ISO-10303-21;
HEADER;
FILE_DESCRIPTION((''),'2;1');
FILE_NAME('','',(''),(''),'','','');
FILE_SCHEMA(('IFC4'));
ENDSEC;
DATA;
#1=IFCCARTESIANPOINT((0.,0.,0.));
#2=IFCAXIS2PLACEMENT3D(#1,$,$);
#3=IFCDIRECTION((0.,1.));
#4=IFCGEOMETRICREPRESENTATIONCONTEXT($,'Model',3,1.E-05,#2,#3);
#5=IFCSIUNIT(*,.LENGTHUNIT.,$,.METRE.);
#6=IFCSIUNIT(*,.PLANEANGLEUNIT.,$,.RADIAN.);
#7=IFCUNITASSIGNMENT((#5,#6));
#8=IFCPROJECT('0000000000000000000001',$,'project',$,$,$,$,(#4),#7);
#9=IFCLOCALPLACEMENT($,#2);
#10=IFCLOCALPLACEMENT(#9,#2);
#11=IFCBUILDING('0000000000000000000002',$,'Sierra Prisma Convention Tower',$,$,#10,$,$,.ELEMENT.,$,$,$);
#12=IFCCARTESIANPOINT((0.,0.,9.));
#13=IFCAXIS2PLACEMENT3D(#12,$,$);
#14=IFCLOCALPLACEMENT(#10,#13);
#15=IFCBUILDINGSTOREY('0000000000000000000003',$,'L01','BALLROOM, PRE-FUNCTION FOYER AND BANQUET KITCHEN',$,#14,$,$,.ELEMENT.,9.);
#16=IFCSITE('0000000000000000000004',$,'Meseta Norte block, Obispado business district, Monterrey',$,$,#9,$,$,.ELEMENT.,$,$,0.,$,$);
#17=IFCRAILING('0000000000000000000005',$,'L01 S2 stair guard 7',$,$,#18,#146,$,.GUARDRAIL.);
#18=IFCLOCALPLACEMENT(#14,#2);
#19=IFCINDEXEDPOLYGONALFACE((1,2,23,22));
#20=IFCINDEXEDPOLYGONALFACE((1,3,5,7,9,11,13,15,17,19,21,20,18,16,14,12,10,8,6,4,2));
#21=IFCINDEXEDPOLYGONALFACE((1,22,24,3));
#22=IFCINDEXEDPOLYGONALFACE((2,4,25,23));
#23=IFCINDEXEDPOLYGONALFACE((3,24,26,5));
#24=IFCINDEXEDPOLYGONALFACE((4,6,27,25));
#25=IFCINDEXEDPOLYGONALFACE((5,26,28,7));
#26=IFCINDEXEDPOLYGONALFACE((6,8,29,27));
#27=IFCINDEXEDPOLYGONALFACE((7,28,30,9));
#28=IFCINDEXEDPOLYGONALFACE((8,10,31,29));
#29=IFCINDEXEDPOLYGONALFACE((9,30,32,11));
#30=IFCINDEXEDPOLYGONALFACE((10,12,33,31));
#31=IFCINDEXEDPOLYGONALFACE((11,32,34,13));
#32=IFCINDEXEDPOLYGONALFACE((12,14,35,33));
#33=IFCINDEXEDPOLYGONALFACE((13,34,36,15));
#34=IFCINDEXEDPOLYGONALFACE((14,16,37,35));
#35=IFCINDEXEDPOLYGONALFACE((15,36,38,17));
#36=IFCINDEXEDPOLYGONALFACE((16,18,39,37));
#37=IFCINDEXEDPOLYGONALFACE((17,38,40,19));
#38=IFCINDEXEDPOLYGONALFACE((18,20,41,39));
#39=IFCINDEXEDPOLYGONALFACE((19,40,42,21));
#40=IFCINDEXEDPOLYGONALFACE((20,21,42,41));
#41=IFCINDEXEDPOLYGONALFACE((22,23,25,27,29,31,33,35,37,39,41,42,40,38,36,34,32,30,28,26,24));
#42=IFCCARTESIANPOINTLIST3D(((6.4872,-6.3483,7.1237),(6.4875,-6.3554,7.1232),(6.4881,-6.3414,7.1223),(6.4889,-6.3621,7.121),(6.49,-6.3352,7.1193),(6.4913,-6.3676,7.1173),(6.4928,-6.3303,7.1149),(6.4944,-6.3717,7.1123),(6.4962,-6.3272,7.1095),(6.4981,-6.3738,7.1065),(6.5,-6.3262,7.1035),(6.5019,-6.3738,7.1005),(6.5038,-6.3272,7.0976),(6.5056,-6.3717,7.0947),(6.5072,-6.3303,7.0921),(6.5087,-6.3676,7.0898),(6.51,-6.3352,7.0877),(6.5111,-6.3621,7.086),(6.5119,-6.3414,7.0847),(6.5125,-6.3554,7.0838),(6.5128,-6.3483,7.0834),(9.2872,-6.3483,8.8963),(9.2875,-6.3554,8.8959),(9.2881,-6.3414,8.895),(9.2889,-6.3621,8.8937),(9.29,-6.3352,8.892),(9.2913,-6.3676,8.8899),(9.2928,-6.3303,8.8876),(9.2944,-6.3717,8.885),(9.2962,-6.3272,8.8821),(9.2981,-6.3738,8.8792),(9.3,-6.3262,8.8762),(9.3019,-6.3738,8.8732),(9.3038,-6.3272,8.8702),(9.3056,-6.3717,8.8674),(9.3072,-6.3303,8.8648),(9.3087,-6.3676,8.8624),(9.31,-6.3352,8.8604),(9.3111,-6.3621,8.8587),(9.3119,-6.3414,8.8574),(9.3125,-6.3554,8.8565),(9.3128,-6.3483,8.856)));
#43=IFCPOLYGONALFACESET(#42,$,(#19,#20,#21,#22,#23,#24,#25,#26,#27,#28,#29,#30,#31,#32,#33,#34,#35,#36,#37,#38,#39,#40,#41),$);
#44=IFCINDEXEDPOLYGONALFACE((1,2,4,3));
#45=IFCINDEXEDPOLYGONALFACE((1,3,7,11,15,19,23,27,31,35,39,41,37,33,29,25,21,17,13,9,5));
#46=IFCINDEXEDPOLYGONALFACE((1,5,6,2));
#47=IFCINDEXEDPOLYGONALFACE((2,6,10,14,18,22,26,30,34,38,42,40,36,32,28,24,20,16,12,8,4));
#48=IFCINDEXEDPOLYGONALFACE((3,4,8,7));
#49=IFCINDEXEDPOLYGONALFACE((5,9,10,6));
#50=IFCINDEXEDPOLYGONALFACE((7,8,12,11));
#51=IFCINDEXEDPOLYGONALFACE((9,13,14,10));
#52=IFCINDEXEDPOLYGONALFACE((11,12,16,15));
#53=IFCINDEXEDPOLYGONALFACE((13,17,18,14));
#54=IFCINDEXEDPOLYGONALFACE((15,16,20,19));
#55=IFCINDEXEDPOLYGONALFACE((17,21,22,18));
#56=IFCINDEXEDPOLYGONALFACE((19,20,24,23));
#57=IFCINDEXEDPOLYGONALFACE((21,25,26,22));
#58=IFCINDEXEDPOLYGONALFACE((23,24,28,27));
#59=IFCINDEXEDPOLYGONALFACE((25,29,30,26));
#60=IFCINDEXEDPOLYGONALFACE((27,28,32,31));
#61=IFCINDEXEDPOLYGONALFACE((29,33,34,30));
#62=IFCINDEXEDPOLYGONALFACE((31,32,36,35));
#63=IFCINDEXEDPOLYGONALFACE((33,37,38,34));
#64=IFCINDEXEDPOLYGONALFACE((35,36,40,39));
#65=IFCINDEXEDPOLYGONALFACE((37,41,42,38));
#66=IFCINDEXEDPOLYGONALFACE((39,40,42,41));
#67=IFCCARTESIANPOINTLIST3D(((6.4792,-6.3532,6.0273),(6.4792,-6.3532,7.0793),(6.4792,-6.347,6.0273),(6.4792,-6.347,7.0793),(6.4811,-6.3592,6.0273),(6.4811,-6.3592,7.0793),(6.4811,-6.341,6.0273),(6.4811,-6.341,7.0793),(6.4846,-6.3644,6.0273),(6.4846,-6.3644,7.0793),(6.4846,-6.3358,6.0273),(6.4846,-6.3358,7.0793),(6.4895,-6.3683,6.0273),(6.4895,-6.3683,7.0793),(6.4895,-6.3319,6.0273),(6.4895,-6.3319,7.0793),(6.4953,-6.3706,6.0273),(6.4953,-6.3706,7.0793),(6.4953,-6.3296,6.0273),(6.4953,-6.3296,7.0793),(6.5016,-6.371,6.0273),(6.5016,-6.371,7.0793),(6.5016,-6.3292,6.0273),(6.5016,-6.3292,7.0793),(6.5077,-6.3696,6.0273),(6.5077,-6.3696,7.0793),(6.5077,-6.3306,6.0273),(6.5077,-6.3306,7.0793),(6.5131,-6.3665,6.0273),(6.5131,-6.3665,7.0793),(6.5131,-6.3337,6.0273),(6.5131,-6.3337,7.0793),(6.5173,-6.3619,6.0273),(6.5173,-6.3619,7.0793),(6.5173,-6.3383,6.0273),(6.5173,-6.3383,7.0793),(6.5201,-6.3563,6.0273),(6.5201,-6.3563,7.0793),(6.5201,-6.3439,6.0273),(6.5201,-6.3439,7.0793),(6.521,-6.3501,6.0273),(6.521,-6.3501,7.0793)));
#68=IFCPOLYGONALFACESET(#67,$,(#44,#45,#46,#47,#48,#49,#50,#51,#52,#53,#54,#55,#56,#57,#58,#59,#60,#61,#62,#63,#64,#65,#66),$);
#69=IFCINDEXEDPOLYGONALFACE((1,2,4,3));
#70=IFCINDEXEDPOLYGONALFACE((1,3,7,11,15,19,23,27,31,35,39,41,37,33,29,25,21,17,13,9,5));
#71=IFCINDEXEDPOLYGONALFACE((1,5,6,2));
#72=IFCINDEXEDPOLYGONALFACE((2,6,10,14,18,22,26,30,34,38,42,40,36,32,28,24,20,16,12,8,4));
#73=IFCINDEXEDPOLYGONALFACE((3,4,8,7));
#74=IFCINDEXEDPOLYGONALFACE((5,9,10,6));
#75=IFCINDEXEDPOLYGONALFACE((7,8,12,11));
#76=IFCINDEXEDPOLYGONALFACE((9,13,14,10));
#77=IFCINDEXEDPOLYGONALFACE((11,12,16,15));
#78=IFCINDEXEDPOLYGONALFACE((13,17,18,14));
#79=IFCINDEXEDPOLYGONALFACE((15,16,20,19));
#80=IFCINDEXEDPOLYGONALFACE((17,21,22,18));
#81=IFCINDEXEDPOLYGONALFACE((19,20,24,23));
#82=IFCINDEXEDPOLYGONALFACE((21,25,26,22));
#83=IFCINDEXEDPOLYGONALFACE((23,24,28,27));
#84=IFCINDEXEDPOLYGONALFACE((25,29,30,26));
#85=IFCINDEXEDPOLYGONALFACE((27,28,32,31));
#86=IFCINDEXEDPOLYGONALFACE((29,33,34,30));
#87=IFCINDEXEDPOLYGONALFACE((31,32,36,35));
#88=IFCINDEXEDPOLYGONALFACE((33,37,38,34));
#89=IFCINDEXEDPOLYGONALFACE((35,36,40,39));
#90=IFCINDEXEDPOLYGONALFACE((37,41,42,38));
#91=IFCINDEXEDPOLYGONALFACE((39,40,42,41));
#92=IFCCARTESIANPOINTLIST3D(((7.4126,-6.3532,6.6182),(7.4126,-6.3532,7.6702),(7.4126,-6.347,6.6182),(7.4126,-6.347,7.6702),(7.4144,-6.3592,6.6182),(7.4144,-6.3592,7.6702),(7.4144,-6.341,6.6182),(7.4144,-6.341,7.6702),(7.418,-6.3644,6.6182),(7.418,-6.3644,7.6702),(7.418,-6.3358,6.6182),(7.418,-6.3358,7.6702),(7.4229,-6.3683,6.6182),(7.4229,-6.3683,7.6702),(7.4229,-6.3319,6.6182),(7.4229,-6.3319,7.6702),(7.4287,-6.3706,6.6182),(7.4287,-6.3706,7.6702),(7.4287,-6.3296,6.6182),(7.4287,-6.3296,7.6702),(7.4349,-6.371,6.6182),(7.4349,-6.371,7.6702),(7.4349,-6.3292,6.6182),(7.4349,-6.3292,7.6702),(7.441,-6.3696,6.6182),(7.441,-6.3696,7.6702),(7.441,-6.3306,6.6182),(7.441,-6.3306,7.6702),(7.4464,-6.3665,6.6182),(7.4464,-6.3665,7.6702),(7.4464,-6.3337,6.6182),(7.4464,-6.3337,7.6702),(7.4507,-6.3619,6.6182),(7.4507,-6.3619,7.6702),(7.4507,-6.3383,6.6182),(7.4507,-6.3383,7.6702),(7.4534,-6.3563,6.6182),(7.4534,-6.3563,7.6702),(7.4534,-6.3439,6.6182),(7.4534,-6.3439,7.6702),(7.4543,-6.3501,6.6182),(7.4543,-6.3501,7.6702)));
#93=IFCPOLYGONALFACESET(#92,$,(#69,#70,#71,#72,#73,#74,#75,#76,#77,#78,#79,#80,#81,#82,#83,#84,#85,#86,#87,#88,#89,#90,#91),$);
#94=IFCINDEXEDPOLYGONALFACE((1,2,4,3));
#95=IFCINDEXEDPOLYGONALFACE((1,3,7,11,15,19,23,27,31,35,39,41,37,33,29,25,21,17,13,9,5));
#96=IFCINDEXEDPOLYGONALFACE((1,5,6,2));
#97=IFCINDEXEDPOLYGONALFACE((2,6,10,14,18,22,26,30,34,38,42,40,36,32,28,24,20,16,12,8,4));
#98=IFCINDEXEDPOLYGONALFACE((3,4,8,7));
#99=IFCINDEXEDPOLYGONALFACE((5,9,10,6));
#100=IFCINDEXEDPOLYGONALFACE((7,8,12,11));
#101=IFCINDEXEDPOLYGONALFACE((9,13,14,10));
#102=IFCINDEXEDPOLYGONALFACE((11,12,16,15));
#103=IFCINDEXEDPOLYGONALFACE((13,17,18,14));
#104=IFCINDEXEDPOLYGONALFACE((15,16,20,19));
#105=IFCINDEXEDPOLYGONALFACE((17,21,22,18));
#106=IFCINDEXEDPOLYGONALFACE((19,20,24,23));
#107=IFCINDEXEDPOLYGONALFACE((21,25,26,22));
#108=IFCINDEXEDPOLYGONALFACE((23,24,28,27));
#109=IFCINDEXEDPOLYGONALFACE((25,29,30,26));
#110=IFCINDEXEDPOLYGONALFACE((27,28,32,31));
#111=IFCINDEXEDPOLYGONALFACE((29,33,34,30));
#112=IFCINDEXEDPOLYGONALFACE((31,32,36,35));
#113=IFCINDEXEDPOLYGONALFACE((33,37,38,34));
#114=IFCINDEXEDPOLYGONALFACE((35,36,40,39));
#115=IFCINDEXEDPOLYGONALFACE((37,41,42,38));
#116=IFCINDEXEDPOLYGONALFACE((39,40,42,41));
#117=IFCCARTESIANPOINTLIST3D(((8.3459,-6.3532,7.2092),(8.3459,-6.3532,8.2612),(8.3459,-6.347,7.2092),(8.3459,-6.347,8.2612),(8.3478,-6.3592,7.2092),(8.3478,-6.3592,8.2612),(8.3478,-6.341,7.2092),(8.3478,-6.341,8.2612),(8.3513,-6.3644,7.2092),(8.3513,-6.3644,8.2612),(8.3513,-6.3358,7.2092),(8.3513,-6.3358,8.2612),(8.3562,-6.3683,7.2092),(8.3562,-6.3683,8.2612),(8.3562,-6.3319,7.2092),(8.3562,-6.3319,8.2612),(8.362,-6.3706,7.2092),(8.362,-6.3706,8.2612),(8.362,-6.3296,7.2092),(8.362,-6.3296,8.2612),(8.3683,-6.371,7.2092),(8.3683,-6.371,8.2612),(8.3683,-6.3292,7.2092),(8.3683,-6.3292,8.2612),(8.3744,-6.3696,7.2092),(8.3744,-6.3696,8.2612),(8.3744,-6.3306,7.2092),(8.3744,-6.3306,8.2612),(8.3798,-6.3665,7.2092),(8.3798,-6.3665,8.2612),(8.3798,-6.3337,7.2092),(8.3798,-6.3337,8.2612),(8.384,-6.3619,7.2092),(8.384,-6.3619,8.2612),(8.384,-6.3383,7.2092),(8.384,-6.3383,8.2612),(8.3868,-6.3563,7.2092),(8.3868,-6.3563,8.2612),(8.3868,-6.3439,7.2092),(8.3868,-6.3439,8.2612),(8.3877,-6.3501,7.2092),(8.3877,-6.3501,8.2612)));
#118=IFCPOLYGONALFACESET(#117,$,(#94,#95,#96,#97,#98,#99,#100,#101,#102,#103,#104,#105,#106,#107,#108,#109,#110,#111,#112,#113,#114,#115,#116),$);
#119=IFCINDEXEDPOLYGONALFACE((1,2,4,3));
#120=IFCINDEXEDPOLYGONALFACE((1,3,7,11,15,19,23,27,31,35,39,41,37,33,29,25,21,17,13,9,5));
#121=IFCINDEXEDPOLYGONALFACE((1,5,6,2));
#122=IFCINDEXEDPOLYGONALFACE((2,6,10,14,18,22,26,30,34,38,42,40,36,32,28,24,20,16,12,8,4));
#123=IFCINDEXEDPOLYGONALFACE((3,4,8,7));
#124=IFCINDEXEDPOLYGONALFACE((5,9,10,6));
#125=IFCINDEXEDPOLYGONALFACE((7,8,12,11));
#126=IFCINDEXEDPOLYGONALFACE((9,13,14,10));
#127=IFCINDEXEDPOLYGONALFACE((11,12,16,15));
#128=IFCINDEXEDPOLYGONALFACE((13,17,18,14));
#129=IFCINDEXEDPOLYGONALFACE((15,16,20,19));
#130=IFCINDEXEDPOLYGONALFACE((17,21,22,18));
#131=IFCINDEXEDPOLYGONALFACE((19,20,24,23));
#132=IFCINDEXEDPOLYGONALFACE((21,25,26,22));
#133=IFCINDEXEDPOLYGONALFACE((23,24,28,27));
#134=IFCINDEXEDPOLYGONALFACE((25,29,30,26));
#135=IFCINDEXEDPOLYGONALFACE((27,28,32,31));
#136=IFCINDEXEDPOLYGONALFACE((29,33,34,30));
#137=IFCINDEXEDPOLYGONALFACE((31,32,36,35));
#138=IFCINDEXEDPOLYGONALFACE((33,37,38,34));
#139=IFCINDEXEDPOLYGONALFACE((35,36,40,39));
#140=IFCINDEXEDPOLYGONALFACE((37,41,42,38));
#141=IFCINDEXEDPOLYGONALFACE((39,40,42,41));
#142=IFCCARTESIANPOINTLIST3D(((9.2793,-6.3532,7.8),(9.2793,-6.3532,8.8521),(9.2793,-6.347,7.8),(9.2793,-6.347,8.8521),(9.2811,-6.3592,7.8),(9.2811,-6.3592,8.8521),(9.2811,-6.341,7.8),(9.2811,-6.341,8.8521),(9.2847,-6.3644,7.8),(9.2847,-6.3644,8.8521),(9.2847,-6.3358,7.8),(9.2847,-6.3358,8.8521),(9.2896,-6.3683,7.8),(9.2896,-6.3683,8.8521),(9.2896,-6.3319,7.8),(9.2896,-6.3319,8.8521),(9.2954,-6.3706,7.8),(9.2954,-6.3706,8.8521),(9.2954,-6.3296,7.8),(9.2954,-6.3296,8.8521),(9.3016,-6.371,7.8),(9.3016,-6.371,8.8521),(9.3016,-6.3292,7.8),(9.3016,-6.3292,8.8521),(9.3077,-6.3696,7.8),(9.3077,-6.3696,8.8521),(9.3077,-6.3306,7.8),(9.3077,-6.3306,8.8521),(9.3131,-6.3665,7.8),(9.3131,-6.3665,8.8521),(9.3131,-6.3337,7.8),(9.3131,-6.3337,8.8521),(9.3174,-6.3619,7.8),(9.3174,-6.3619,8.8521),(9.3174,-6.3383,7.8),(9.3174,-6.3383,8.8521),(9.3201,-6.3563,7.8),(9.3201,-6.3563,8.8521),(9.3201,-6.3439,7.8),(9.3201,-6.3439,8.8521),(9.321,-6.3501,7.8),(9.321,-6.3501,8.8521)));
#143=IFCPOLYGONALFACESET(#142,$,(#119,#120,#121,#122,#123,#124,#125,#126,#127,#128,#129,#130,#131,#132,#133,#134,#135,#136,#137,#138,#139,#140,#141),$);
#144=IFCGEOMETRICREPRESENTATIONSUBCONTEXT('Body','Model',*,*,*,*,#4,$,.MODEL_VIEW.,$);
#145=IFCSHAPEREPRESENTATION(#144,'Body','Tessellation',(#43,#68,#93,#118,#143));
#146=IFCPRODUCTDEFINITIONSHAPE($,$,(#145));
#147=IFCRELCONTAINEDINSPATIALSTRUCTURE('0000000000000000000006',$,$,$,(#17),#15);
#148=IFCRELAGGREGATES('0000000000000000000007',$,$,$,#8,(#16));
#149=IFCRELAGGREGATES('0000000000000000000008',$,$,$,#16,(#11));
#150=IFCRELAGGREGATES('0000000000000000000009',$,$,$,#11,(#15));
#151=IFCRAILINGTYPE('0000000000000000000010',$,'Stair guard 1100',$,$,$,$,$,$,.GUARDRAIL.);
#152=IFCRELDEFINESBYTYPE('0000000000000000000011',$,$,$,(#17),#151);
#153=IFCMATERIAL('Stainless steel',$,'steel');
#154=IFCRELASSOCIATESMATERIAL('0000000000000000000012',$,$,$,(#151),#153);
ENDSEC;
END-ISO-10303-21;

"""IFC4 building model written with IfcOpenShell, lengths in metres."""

from ifc_helpers import new_model, si_unit, direction, frame, origin, origin_2d, place, context, subcontext, project, spatial, circle, extrude, material, type_object, element, save


model = new_model("IFC4")

# Units and contexts
model_context = context("Model", 3, precision=1e-05, world=origin(), true_north=direction((0.0, 1.0)))
body_context = subcontext(model_context, "Body", "Model", "MODEL_VIEW")
ifc_project = project(units=[si_unit("LENGTHUNIT", "METRE"), si_unit("PLANEANGLEUNIT", "RADIAN")], contexts=[model_context])

# Site, building, storey
site_placement = place(None, origin())
site = spatial("IfcSite", under=ifc_project, at=site_placement, Name="Meseta Norte block, Obispado business district, Monterrey", CompositionType="ELEMENT", RefElevation=0.0)
building_placement = place(site_placement, origin())
building = spatial("IfcBuilding", under=site, at=building_placement, Name="Sierra Prisma Convention Tower", CompositionType="ELEMENT")
storey_placement = place(building_placement, frame((0.0, 0.0, 9.0)))
storey = spatial("IfcBuildingStorey", under=building, at=storey_placement, Name="L01", Description="BALLROOM, PRE-FUNCTION FOYER AND BANQUET KITCHEN", CompositionType="ELEMENT", Elevation=9.0)

# Railing
ifc_material_1 = material(Name="Stainless steel", Category="steel")
railing_type = type_object("IfcRailingType", Name="Stair guard 1100", PredefinedType="GUARDRAIL", material=ifc_material_1)
railing_1_placement = place(storey_placement, frame((6.5, -6.3501, 6.0273)))
element("IfcRailing", 1, at=railing_1_placement, inside=storey, type_object=railing_type, Name="L01 S2 stair guard 7", PredefinedType="GUARDRAIL", context=body_context, shape_type="SweptSolid", body=[
    extrude(circle(Radius=0.0239, at=origin_2d()), frame((0.0, 0.0, 1.0762), z_axis=(0.844909, 0.0, 0.53491), x_axis=(0.0, 1.0, 0.0)), (0.0, 0.0, 1.0), 3.314),
    extrude(circle(Radius=0.021, at=origin_2d()), origin(), (0.0, 0.0, 1.0), 1.052),
    extrude(circle(Radius=0.021, at=origin_2d()), frame((0.9333, 0.0, 0.5908)), (0.0, 0.0, 1.0), 1.052),
    extrude(circle(Radius=0.021, at=origin_2d()), frame((1.8667, 0.0, 1.1819)), (0.0, 0.0, 1.0), 1.052),
    extrude(circle(Radius=0.021, at=origin_2d()), frame((2.8, 0.0, 1.7727)), (0.0, 0.0, 1.0), 1.052),
])

save(model, "model.ifc")
